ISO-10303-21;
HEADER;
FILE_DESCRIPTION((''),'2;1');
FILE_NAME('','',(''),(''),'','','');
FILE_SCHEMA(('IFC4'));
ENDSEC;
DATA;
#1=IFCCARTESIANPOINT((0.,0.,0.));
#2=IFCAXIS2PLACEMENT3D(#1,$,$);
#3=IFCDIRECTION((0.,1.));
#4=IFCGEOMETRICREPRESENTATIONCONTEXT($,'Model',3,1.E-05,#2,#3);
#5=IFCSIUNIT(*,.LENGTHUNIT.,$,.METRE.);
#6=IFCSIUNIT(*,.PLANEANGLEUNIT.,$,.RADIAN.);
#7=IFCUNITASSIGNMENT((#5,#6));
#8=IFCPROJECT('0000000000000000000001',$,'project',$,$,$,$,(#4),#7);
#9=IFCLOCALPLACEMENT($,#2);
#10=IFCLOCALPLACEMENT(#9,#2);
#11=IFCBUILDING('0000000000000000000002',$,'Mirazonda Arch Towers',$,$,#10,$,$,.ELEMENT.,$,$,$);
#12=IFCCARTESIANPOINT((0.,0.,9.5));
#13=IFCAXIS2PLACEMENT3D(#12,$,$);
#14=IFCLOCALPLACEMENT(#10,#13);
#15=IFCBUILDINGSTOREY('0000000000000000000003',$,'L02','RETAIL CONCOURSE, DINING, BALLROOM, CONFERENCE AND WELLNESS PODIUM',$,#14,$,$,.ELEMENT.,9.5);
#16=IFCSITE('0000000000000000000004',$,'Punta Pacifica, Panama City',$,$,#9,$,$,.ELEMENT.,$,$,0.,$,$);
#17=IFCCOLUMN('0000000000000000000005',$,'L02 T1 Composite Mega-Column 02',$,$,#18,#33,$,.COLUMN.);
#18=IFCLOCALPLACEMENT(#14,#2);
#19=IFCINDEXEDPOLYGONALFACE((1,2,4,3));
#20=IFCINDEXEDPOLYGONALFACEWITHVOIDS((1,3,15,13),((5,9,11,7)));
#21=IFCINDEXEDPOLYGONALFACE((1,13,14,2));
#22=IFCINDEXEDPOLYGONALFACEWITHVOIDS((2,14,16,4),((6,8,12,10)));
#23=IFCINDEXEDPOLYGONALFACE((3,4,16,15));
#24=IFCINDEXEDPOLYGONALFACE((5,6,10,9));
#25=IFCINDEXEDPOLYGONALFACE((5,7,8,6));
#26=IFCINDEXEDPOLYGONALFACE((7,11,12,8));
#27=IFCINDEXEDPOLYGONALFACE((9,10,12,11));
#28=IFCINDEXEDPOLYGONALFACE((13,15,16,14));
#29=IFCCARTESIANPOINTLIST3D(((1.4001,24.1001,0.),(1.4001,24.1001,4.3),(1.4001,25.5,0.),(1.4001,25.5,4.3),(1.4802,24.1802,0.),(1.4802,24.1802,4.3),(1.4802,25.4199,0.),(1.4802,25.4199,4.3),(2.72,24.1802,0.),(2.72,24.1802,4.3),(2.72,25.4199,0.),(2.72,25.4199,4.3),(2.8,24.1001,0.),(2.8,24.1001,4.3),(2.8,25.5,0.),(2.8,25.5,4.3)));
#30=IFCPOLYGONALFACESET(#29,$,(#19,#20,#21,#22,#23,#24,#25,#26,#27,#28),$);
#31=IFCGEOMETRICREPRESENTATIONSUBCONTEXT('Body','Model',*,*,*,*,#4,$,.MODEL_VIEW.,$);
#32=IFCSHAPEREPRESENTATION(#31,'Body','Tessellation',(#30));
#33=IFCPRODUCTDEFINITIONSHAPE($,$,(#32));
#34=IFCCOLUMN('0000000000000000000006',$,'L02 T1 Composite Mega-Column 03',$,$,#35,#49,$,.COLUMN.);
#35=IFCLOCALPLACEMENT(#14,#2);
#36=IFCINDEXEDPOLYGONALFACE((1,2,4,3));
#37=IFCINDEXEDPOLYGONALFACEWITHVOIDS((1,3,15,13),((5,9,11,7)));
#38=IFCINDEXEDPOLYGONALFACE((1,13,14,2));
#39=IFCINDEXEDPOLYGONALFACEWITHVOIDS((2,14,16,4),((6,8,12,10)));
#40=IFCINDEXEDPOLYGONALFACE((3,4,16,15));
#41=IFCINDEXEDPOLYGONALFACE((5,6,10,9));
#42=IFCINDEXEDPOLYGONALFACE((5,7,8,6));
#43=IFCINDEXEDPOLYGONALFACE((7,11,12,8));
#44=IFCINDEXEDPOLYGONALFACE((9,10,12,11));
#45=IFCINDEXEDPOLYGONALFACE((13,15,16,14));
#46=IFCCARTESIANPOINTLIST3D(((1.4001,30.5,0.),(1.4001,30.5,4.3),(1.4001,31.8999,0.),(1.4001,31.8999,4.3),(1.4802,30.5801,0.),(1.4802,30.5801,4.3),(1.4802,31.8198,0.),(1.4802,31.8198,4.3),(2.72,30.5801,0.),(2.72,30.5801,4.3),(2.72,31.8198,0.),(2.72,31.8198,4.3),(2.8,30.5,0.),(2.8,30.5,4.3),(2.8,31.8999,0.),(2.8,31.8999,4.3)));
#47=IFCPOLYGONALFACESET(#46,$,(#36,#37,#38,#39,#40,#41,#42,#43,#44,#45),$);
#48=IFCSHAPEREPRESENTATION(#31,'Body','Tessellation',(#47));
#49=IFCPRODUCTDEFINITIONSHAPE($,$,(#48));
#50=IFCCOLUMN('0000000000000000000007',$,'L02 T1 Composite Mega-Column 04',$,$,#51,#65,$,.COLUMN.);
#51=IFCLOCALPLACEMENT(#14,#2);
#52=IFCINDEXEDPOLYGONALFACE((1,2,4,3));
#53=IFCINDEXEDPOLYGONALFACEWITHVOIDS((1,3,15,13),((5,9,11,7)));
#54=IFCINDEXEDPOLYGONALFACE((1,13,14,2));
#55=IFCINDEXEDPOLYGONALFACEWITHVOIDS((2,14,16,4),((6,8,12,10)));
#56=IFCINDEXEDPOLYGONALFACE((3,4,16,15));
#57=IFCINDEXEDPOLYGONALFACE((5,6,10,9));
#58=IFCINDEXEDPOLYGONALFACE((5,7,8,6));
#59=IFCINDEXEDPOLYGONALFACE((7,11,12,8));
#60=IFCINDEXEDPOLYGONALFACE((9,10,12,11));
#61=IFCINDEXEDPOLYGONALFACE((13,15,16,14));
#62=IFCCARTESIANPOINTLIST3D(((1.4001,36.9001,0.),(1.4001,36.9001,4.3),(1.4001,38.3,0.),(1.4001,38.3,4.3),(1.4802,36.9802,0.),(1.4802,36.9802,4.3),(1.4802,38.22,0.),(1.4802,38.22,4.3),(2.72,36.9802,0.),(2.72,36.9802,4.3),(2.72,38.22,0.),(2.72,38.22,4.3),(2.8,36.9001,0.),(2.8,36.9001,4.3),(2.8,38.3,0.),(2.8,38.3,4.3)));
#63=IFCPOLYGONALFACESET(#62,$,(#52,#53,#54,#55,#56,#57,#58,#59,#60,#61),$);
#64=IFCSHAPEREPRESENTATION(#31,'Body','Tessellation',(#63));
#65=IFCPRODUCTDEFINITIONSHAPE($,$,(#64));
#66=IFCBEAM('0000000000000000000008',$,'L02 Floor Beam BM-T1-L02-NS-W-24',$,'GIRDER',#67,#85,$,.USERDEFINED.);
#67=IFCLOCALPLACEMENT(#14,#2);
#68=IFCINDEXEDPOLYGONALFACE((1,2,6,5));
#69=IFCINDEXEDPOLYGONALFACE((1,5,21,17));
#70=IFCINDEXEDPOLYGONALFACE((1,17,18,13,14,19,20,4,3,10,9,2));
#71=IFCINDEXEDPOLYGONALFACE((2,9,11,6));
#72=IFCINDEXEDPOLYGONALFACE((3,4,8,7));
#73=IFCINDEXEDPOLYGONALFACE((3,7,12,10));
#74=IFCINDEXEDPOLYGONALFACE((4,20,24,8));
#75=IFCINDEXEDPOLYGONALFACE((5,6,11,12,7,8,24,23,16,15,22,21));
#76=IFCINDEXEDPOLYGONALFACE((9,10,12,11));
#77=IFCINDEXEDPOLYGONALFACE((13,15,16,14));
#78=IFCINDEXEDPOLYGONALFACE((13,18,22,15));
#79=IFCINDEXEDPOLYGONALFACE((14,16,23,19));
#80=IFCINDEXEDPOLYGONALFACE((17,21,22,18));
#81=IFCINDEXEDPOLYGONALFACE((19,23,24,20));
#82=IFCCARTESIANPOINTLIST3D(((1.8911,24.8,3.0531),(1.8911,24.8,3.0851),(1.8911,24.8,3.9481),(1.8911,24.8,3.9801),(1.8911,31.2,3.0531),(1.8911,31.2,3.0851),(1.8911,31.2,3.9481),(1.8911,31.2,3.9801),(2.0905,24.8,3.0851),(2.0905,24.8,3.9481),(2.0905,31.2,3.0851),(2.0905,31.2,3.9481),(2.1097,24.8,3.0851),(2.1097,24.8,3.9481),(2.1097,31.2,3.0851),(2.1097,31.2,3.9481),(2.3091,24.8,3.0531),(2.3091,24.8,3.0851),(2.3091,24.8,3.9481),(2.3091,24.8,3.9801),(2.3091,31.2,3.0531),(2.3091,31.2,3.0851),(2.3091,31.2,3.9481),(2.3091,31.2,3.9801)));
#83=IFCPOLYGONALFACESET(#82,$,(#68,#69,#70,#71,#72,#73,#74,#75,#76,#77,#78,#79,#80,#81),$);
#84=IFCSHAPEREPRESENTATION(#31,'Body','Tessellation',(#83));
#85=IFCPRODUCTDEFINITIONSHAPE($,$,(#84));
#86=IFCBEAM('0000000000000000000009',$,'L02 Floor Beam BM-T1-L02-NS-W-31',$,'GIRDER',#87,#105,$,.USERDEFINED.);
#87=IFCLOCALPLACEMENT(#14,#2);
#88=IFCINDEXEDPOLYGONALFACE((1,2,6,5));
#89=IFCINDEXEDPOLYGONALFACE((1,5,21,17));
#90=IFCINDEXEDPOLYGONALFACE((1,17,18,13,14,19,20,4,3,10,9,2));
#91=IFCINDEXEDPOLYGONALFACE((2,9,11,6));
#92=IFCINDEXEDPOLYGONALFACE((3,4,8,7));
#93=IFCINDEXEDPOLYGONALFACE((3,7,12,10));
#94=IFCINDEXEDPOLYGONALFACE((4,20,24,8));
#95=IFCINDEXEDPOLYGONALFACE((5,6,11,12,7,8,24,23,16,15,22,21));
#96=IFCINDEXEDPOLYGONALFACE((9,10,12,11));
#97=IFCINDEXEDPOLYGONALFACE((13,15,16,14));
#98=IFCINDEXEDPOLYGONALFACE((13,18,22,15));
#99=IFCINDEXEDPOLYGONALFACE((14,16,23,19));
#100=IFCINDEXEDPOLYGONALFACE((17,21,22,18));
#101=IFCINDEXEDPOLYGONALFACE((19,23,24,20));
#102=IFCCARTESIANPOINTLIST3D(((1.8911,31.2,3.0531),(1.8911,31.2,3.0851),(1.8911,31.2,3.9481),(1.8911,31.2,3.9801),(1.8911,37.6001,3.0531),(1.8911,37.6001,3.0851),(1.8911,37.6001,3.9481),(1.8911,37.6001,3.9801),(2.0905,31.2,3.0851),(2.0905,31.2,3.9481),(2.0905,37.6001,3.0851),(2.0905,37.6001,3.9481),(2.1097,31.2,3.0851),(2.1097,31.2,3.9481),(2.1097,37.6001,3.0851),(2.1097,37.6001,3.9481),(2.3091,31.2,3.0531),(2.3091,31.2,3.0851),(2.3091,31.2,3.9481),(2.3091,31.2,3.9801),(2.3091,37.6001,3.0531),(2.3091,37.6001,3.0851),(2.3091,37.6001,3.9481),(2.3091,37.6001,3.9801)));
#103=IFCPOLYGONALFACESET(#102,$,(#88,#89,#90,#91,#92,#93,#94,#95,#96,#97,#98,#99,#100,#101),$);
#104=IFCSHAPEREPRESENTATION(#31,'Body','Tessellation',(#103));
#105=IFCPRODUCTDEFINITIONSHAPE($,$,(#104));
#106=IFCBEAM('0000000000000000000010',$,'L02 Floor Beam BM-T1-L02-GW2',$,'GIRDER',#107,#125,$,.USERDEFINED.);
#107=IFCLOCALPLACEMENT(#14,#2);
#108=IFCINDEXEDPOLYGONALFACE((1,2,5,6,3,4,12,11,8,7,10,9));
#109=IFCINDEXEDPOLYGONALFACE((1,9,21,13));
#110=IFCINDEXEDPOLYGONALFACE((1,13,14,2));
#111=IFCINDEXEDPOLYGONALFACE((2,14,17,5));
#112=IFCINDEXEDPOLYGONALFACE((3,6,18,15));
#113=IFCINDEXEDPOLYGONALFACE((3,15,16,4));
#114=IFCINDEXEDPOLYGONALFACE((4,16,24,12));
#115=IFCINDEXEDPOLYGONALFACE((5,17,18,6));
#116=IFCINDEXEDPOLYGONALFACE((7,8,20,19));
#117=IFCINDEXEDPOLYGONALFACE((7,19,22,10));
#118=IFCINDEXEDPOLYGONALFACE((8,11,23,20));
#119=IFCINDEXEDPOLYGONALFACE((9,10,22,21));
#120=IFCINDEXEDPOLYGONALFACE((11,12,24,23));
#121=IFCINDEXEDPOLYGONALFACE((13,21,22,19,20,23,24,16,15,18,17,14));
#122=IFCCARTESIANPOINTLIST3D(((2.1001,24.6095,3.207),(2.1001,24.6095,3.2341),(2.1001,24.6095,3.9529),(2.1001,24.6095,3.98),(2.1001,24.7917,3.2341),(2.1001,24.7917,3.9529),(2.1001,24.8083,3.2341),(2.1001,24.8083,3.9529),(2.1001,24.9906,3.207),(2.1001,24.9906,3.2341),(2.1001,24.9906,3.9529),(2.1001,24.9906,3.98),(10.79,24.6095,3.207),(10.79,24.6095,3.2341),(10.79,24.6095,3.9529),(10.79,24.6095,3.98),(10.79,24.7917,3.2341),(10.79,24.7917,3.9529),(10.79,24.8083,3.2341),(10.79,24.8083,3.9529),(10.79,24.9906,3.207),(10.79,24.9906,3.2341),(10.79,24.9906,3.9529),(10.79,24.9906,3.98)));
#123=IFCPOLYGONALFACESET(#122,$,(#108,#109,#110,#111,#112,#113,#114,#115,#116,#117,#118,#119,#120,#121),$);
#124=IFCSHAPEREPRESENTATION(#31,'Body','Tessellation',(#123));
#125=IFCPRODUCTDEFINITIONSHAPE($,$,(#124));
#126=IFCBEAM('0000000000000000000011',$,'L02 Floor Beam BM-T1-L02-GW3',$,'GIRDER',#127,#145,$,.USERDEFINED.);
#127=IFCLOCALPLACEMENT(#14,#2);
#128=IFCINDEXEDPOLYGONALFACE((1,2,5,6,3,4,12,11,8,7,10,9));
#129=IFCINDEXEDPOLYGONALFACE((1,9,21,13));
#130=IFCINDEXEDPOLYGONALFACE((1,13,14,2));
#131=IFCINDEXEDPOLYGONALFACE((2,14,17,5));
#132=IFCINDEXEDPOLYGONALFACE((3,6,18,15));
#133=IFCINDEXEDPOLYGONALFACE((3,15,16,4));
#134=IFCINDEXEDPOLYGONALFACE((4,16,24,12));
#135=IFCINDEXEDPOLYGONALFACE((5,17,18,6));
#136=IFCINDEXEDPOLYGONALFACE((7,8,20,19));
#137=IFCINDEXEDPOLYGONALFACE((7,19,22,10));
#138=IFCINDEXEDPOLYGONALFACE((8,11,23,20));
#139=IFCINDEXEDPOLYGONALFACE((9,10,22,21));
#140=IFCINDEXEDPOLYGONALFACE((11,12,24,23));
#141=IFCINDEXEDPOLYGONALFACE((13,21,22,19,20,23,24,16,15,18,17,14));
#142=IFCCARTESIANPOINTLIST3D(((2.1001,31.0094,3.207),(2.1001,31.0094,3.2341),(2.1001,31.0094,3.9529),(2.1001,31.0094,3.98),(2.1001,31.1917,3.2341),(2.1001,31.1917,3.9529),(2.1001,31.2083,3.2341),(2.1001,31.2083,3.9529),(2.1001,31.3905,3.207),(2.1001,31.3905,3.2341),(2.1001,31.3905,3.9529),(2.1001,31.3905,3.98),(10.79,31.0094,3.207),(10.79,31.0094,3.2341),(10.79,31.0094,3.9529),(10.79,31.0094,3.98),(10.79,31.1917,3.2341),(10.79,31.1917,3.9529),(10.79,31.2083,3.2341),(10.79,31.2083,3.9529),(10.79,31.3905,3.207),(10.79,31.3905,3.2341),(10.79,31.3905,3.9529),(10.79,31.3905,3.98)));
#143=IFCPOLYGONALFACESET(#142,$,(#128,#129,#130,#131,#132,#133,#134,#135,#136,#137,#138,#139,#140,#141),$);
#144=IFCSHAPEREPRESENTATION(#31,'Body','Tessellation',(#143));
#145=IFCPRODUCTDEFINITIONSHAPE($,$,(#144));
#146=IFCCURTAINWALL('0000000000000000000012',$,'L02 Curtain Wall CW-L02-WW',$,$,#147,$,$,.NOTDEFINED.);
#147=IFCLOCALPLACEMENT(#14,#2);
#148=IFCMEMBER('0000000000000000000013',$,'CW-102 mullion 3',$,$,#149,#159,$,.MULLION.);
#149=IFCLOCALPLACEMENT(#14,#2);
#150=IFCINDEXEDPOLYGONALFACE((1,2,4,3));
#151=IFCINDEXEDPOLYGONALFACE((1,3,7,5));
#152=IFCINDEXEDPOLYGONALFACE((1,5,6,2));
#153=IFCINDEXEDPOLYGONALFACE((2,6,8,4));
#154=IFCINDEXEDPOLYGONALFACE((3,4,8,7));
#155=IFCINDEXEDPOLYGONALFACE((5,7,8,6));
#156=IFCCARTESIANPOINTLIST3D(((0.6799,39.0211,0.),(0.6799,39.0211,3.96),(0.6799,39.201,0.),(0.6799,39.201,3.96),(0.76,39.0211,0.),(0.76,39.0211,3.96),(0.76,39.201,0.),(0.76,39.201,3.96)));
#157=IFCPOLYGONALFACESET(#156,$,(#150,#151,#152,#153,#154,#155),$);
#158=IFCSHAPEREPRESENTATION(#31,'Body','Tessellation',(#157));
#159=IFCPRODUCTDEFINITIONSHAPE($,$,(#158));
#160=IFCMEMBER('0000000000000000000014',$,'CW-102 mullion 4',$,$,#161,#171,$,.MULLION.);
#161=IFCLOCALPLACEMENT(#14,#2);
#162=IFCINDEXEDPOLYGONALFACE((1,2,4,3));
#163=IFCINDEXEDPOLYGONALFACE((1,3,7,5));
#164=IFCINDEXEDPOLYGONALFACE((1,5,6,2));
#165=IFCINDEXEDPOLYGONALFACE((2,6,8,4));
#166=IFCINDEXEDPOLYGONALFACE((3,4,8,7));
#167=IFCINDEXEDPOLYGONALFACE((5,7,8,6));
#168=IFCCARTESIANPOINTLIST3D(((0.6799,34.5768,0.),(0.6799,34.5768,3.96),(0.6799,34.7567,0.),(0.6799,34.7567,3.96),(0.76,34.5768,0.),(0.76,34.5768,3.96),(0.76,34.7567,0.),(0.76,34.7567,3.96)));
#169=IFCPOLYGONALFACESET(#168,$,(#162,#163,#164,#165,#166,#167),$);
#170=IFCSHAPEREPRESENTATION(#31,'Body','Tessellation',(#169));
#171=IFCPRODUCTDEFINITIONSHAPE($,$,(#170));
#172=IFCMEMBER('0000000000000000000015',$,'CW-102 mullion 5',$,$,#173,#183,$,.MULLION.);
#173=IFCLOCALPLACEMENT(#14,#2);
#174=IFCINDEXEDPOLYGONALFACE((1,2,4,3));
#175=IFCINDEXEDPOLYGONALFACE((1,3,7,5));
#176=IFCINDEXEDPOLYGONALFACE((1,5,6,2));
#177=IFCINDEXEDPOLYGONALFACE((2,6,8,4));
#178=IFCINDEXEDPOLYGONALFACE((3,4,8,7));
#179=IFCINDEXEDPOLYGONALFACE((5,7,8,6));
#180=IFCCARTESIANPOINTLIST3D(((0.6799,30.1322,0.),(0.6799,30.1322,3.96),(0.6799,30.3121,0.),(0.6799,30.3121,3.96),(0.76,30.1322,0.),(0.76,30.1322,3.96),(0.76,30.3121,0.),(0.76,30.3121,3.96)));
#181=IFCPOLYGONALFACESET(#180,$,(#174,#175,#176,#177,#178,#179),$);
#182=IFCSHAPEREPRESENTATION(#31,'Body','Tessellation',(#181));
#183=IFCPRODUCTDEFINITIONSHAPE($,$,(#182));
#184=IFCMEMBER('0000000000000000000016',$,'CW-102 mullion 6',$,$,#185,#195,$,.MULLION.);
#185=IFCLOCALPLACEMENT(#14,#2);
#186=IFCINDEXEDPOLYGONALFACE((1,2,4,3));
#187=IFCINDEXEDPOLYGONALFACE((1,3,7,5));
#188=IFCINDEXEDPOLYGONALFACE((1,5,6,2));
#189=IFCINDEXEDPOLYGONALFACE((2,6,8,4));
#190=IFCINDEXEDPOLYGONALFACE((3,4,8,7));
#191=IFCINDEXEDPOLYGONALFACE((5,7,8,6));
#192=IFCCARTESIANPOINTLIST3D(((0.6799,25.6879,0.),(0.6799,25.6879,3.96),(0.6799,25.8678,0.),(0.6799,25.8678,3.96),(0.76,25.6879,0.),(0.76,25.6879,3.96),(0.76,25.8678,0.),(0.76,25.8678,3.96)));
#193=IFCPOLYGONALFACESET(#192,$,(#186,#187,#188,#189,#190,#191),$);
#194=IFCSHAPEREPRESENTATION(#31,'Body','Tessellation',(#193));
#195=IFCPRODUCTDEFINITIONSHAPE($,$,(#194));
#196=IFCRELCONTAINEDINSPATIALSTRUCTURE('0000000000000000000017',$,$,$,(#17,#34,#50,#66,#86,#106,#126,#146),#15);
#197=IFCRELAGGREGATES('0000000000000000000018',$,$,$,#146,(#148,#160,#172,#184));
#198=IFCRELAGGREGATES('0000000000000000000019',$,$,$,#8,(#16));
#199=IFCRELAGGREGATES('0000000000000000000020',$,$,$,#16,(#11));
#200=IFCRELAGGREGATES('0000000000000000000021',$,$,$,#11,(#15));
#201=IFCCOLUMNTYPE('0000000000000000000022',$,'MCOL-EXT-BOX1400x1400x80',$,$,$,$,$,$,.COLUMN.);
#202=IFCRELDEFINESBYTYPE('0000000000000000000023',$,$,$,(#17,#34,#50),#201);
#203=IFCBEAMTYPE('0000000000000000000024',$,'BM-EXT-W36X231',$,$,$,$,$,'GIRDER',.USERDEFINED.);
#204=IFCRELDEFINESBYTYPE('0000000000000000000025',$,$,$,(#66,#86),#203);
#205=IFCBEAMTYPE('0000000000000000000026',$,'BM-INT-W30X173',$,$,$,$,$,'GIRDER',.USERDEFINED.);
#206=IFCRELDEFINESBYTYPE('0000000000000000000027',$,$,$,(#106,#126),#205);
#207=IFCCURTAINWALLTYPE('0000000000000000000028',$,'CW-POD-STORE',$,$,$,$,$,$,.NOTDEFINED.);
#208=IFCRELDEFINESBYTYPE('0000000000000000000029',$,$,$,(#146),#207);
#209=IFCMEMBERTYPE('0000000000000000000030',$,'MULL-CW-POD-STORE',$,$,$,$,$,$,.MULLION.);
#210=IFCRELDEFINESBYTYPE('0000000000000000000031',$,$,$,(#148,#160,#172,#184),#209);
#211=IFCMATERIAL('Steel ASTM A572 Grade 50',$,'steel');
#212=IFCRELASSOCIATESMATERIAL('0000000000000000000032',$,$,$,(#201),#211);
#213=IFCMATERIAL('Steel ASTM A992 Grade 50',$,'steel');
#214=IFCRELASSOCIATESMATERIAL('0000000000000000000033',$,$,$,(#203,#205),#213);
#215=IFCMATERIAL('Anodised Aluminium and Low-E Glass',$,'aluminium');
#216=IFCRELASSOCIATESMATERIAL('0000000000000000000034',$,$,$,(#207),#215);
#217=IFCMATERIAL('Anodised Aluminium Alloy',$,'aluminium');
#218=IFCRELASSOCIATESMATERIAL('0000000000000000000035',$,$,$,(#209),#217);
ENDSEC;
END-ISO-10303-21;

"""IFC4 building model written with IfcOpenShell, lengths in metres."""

from ifc_helpers import new_model, si_unit, direction, frame, origin, origin_2d, place, context, subcontext, project, spatial, rectangle, hollow_rectangle, i_section, extrude, material, material_profile, profile_set, type_object, element, aggregate, save


model = new_model("IFC4")

# Units and contexts
model_context = context("Model", 3, precision=1e-05, world=origin(), true_north=direction((0.0, 1.0)))
body_context = subcontext(model_context, "Body", "Model", "MODEL_VIEW")
ifc_project = project(units=[si_unit("LENGTHUNIT", "METRE"), si_unit("PLANEANGLEUNIT", "RADIAN")], contexts=[model_context])

# Site, building, storey
site_placement = place(None, origin())
site = spatial("IfcSite", under=ifc_project, at=site_placement, Name="Punta Pacifica, Panama City", CompositionType="ELEMENT", RefElevation=0.0)
building_placement = place(site_placement, origin())
building = spatial("IfcBuilding", under=site, at=building_placement, Name="Mirazonda Arch Towers", CompositionType="ELEMENT")
storey_placement = place(building_placement, frame((0.0, 0.0, 9.5)))
storey = spatial("IfcBuildingStorey", under=building, at=storey_placement, Name="L02", Description="RETAIL CONCOURSE, DINING, BALLROOM, CONFERENCE AND WELLNESS PODIUM", CompositionType="ELEMENT", Elevation=9.5)

# Columns
ifc_material_1 = material(Name="Steel ASTM A572 Grade 50", Category="steel")
ifc_material_profile_1 = material_profile(ifc_material_1, hollow_rectangle(XDim=1.3999, YDim=1.3999, WallThickness=0.0801, at=origin_2d()), Name="BOX1400x1400x80")
ifc_profile_set_1 = profile_set([ifc_material_profile_1], Name="Steel ASTM A572 Grade 50")
column_type = type_object("IfcColumnType", Name="MCOL-EXT-BOX1400x1400x80", PredefinedType="COLUMN", material=ifc_profile_set_1)
for number, where, z_axis, x_axis, name in (
    (1, (2.1001, 24.8, 0.0), (0.0, 0.0, 1.0), (1.0, 0.0, 0.0), "L02 T1 Composite Mega-Column 02"),
    (2, (2.1001, 31.2, 0.0), (0.0, 0.0, 1.0), (1.0, 0.0, 0.0), "L02 T1 Composite Mega-Column 03"),
    (3, (2.1001, 37.6001, 0.0), (0.0, 0.0, 1.0), (1.0, 0.0, 0.0), "L02 T1 Composite Mega-Column 04"),
):
    element("IfcColumn", number, at=place(storey_placement, frame(where, z_axis=z_axis, x_axis=x_axis)), inside=storey, type_object=column_type, Name=name, PredefinedType="COLUMN", context=body_context, shape_type="SweptSolid", body=[
        extrude(hollow_rectangle(XDim=1.3999, YDim=1.3999, WallThickness=0.0801, at=origin_2d()), origin(), (0.0, 0.0, 1.0), 4.3),
    ])

# Beams
ifc_material_2 = material(Name="Steel ASTM A992 Grade 50", Category="steel")
ifc_material_profile_2 = material_profile(ifc_material_2, i_section(OverallWidth=0.418, OverallDepth=0.927, WebThickness=0.0193, FlangeThickness=0.032, at=origin_2d()), Name="W36X231")
ifc_profile_set_2 = profile_set([ifc_material_profile_2], Name="Steel ASTM A992 Grade 50")
beam_type_1 = type_object("IfcBeamType", Name="BM-EXT-W36X231", ElementType="GIRDER", PredefinedType="USERDEFINED", material=ifc_profile_set_2)
beam_1_placement = place(storey_placement, frame((2.1001, 24.8, 3.5166), z_axis=(0.0, 1.0, 0.0), x_axis=(-1.0, 0.0, 0.0)))
element("IfcBeam", 4, at=beam_1_placement, inside=storey, type_object=beam_type_1, Name="L02 Floor Beam BM-T1-L02-NS-W-24", ObjectType="GIRDER", PredefinedType="USERDEFINED", context=body_context, shape_type="SweptSolid", body=[
    extrude(i_section(OverallWidth=0.418, OverallDepth=0.927, WebThickness=0.0193, FlangeThickness=0.032, at=origin_2d()), origin(), (0.0, 0.0, 1.0), 6.3999),
])
beam_2_placement = place(storey_placement, frame((2.1001, 31.2, 3.5166), z_axis=(0.0, 1.0, 0.0), x_axis=(-1.0, 0.0, 0.0)))
element("IfcBeam", 5, at=beam_2_placement, inside=storey, type_object=beam_type_1, Name="L02 Floor Beam BM-T1-L02-NS-W-31", ObjectType="GIRDER", PredefinedType="USERDEFINED", context=body_context, shape_type="SweptSolid", body=[
    extrude(i_section(OverallWidth=0.418, OverallDepth=0.927, WebThickness=0.0193, FlangeThickness=0.032, at=origin_2d()), origin(), (0.0, 0.0, 1.0), 6.4001),
])
ifc_material_profile_3 = material_profile(ifc_material_2, i_section(OverallWidth=0.3811, OverallDepth=0.7729, WebThickness=0.0166, FlangeThickness=0.0271, at=origin_2d()), Name="W30X173")
ifc_profile_set_3 = profile_set([ifc_material_profile_3], Name="Steel ASTM A992 Grade 50")
beam_type_2 = type_object("IfcBeamType", Name="BM-INT-W30X173", ElementType="GIRDER", PredefinedType="USERDEFINED", material=ifc_profile_set_3)
for number, where, z_axis, x_axis, name in (
    (6, (2.1001, 24.8, 3.5935), (1.0, 0.0, 0.0), (0.0, 1.0, 0.0), "L02 Floor Beam BM-T1-L02-GW2"),
    (7, (2.1001, 31.2, 3.5935), (1.0, 0.0, 0.0), (0.0, 1.0, 0.0), "L02 Floor Beam BM-T1-L02-GW3"),
):
    element("IfcBeam", number, at=place(storey_placement, frame(where, z_axis=z_axis, x_axis=x_axis)), inside=storey, type_object=beam_type_2, Name=name, ObjectType="GIRDER", PredefinedType="USERDEFINED", context=body_context, shape_type="SweptSolid", body=[
        extrude(i_section(OverallWidth=0.3811, OverallDepth=0.7729, WebThickness=0.0166, FlangeThickness=0.0271, at=origin_2d()), origin(), (0.0, 0.0, 1.0), 8.6899),
    ])

# Curtain wall, members
ifc_material_3 = material(Name="Anodised Aluminium and Low-E Glass", Category="aluminium")
curtain_wall_type = type_object("IfcCurtainWallType", Name="CW-POD-STORE", PredefinedType="NOTDEFINED", material=ifc_material_3)
curtain_wall_placement = place(storey_placement, origin())
curtain_wall = element("IfcCurtainWall", 8, at=curtain_wall_placement, inside=storey, type_object=curtain_wall_type, Name="L02 Curtain Wall CW-L02-WW", PredefinedType="NOTDEFINED")
ifc_material_4 = material(Name="Anodised Aluminium Alloy", Category="aluminium")
ifc_material_profile_4 = material_profile(ifc_material_4, rectangle(XDim=0.0801, YDim=0.1799, at=origin_2d()), Name="ALU-MULL-80x180")
ifc_profile_set_4 = profile_set([ifc_material_profile_4], Name="Anodised Aluminium Alloy")
member_type_1 = type_object("IfcMemberType", Name="MULL-CW-POD-STORE", PredefinedType="MULLION", material=ifc_profile_set_4)
member_1_placement = place(storey_placement, frame((0.72, 39.1111, 0.0), z_axis=(0.0, 0.0, 1.0), x_axis=(1.0, 0.0, 0.0)))
member_1 = element("IfcMember", 9, at=member_1_placement, type_object=member_type_1, Name="CW-102 mullion 3", PredefinedType="MULLION", context=body_context, shape_type="SweptSolid", body=[
    extrude(rectangle(XDim=0.0801, YDim=0.1799, at=origin_2d()), origin(), (0.0, 0.0, 1.0), 3.96),
])
member_2_placement = place(storey_placement, frame((0.72, 34.6667, 0.0), z_axis=(0.0, 0.0, 1.0), x_axis=(1.0, 0.0, 0.0)))
member_2 = element("IfcMember", 10, at=member_2_placement, type_object=member_type_1, Name="CW-102 mullion 4", PredefinedType="MULLION", context=body_context, shape_type="SweptSolid", body=[
    extrude(rectangle(XDim=0.0801, YDim=0.1799, at=origin_2d()), origin(), (0.0, 0.0, 1.0), 3.96),
])
member_3_placement = place(storey_placement, frame((0.72, 30.2222, 0.0), z_axis=(0.0, 0.0, 1.0), x_axis=(1.0, 0.0, 0.0)))
member_3 = element("IfcMember", 11, at=member_3_placement, type_object=member_type_1, Name="CW-102 mullion 5", PredefinedType="MULLION", context=body_context, shape_type="SweptSolid", body=[
    extrude(rectangle(XDim=0.0801, YDim=0.1799, at=origin_2d()), origin(), (0.0, 0.0, 1.0), 3.96),
])
member_4_placement = place(storey_placement, frame((0.72, 25.7778, 0.0), z_axis=(0.0, 0.0, 1.0), x_axis=(1.0, 0.0, 0.0)))
member_4 = element("IfcMember", 12, at=member_4_placement, type_object=member_type_1, Name="CW-102 mullion 6", PredefinedType="MULLION", context=body_context, shape_type="SweptSolid", body=[
    extrude(rectangle(XDim=0.0801, YDim=0.1799, at=origin_2d()), origin(), (0.0, 0.0, 1.0), 3.96),
])
aggregate(curtain_wall, [member_1, member_2, member_3, member_4])

save(model, "model.ifc")
